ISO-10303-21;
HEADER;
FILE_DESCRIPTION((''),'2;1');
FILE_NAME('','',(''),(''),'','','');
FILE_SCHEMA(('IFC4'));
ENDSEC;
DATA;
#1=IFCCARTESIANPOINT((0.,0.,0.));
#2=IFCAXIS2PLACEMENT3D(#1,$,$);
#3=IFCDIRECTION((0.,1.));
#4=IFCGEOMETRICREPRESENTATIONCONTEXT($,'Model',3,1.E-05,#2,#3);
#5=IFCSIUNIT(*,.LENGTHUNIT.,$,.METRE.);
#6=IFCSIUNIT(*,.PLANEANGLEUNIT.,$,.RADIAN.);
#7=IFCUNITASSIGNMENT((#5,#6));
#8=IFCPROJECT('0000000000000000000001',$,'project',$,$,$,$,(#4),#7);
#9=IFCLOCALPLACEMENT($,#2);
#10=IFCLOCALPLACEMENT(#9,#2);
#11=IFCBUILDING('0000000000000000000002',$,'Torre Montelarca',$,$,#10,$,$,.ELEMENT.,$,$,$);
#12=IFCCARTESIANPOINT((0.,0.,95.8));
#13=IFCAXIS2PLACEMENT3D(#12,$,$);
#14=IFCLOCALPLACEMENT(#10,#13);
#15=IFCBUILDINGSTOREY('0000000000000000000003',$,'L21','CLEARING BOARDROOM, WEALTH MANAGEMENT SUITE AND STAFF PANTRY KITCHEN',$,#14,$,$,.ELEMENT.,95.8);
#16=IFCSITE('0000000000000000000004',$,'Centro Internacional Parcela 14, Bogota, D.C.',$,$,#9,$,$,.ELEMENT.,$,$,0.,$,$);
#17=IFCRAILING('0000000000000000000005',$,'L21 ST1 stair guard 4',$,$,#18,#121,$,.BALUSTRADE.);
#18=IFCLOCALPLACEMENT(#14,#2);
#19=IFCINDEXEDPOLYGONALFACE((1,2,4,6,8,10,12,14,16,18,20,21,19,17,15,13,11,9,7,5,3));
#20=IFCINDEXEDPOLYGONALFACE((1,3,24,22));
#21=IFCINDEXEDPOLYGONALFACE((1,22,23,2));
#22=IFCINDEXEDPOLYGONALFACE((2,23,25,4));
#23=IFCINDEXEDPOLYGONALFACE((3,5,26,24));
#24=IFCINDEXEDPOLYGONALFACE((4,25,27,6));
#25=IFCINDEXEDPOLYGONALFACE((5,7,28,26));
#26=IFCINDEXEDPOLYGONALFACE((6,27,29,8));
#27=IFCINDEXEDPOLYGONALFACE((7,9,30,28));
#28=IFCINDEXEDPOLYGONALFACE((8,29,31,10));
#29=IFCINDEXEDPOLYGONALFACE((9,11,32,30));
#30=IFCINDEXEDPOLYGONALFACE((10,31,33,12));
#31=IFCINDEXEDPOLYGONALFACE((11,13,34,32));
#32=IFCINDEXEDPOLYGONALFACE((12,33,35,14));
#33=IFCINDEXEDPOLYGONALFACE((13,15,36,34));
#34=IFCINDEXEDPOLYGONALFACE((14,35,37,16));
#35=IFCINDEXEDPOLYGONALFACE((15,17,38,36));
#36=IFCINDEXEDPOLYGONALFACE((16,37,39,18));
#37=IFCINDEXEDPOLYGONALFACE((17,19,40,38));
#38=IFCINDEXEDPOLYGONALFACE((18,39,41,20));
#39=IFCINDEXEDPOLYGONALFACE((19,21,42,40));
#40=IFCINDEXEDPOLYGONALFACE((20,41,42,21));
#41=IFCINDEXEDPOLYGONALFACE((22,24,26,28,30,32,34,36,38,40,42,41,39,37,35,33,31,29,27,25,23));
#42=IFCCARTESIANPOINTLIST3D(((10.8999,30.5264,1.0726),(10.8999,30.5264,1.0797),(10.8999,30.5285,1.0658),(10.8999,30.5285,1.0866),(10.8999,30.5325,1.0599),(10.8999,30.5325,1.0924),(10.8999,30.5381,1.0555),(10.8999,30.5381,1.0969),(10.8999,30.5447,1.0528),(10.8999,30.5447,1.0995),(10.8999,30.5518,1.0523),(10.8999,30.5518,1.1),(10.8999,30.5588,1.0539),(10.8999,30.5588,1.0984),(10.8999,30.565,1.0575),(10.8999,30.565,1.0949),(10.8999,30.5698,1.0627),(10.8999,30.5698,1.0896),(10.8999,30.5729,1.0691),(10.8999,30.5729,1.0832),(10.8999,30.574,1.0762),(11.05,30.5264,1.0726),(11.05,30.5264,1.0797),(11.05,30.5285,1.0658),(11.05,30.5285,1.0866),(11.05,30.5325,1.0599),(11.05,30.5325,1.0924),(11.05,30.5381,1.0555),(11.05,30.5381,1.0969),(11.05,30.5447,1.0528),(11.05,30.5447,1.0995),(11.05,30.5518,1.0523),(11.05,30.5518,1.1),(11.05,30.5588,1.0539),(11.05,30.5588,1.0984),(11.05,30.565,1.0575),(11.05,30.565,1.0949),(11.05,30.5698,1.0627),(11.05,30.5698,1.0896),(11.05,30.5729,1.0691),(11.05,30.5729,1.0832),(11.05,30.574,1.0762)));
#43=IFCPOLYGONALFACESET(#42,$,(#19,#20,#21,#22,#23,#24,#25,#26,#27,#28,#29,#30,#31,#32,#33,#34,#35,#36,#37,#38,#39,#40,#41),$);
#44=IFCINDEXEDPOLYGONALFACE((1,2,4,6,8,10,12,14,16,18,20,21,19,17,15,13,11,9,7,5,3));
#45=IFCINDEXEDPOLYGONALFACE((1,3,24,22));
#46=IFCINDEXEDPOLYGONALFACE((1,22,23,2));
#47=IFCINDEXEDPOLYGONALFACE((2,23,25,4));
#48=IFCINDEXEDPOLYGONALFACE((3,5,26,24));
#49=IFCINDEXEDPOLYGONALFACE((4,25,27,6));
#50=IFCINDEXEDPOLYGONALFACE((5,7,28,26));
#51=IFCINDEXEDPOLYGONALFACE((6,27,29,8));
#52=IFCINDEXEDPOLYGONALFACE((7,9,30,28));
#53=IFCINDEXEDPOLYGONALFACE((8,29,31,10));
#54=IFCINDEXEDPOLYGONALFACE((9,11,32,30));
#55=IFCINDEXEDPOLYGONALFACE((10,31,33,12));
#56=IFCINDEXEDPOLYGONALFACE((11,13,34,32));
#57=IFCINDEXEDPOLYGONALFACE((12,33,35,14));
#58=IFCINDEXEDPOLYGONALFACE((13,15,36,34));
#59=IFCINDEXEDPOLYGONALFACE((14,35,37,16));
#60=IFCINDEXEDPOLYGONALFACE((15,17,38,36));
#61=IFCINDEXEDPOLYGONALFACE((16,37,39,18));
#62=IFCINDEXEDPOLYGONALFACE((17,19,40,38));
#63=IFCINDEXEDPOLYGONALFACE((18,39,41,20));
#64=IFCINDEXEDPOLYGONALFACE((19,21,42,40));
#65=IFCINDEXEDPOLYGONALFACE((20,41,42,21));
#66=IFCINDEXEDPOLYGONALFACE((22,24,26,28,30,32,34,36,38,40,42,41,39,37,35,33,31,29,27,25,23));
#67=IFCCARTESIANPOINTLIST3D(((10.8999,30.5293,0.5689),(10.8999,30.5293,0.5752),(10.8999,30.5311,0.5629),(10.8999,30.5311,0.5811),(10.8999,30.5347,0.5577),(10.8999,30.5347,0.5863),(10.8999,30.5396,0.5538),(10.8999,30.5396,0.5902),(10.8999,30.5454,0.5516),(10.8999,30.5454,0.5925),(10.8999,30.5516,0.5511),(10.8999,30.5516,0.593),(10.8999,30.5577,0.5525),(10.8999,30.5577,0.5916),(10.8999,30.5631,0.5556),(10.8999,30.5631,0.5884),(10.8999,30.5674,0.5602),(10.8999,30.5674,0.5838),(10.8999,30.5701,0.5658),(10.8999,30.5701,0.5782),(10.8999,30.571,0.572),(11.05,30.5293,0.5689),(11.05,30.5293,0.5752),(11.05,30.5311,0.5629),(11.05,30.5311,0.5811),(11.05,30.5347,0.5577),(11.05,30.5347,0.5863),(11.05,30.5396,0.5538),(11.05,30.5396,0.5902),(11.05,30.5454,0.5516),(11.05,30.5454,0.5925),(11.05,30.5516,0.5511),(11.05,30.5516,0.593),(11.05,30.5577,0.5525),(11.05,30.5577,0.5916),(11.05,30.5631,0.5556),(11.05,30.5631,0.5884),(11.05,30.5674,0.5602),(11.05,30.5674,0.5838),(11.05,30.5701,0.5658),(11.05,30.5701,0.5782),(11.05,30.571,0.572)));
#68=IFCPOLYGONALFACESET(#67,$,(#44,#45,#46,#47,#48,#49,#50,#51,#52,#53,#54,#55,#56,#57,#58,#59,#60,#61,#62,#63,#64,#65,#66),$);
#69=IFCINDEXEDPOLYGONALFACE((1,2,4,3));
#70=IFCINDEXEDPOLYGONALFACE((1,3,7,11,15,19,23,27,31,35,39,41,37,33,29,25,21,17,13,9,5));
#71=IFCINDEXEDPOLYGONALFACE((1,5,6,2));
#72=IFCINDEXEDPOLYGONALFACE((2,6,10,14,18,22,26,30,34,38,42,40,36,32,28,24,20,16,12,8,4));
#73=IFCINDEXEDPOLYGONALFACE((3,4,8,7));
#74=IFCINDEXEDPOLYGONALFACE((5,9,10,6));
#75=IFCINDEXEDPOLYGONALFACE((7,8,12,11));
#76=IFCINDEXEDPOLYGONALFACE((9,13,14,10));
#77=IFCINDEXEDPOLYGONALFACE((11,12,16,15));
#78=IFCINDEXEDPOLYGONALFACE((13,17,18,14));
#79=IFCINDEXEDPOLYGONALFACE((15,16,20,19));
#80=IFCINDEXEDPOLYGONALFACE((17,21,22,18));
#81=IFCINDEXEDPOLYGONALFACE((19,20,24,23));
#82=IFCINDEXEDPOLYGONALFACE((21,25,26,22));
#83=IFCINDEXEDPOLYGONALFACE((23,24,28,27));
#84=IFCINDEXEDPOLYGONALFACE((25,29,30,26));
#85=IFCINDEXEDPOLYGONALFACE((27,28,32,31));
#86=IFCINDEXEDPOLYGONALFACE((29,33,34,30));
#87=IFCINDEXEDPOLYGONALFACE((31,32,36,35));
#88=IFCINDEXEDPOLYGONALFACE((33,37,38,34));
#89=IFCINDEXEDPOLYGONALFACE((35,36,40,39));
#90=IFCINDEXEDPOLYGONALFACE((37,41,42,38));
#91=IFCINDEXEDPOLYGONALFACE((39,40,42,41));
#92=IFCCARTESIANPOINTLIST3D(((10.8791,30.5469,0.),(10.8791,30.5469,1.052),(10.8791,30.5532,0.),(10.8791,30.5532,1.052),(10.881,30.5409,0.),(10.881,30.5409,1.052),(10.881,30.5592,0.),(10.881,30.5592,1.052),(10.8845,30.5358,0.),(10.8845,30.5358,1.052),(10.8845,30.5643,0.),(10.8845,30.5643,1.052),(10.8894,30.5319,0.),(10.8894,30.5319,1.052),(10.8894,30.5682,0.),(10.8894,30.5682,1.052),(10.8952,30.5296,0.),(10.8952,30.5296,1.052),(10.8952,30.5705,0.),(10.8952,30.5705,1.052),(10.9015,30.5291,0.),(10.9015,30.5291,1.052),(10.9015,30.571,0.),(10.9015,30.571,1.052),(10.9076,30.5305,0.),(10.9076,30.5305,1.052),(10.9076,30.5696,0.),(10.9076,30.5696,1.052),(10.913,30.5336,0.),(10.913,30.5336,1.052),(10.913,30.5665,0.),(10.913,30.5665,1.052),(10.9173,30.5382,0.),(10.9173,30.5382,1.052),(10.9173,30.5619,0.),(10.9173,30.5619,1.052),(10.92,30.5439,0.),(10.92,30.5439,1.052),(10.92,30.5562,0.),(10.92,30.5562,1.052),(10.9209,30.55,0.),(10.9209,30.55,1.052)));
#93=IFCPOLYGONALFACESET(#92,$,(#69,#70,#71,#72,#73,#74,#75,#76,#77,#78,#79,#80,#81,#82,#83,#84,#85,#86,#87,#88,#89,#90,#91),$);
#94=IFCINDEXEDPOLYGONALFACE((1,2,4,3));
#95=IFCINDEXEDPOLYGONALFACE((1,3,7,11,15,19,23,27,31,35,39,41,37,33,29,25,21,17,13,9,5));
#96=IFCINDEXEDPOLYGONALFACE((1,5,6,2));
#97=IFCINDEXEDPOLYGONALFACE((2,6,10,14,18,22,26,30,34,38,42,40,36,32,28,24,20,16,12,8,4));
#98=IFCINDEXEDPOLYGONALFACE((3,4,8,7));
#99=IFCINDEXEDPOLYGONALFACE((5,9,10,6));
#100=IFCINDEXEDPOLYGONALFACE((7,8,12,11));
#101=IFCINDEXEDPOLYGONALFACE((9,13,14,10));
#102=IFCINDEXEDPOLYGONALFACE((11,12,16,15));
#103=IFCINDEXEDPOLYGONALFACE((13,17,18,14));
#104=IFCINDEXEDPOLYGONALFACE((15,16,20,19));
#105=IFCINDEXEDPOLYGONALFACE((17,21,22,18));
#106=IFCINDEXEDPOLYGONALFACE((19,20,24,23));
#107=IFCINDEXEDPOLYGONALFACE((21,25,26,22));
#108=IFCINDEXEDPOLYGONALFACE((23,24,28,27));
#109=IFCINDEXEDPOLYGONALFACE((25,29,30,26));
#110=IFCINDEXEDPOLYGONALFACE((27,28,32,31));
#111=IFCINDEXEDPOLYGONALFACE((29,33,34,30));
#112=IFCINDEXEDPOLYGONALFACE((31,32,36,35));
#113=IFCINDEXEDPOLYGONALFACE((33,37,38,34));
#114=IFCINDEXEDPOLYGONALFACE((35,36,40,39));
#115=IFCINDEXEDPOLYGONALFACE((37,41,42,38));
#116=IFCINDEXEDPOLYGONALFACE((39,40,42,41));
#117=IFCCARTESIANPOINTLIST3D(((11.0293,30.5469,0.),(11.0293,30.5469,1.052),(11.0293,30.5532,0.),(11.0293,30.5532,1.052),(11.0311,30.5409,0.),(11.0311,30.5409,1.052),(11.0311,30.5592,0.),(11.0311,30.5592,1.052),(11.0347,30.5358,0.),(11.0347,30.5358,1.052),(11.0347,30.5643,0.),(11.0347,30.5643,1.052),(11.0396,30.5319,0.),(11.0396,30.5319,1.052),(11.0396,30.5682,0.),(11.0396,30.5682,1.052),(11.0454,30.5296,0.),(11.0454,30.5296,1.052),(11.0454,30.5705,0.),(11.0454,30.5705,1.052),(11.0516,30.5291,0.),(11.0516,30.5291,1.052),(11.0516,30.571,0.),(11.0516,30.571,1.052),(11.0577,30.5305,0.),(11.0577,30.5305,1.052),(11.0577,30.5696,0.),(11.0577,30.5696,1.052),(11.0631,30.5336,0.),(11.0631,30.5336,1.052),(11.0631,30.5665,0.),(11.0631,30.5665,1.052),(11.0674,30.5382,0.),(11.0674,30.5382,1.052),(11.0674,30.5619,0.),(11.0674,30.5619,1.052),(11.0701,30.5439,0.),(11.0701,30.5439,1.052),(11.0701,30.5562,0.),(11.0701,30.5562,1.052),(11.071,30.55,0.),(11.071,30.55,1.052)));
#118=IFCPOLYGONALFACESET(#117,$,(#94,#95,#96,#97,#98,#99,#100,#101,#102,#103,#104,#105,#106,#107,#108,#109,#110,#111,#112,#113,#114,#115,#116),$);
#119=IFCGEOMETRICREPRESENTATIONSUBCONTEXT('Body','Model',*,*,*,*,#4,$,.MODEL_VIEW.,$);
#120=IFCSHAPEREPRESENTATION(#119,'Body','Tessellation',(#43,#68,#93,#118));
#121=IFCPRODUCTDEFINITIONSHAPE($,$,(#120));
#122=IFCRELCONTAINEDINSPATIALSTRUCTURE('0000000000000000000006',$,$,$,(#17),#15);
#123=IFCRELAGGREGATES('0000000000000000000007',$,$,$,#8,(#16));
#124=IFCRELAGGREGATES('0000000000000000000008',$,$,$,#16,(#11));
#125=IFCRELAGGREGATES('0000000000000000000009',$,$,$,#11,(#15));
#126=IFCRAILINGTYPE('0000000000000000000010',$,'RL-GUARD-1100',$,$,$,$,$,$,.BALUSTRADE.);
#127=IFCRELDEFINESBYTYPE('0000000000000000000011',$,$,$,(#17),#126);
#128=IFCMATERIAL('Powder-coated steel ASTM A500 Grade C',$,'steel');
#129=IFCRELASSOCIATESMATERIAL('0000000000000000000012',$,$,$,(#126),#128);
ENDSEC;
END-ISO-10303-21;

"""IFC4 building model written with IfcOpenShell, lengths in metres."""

from ifc_helpers import new_model, si_unit, direction, frame, origin, origin_2d, place, context, subcontext, project, spatial, circle, extrude, material, type_object, element, save


model = new_model("IFC4")

# Units and contexts
model_context = context("Model", 3, precision=1e-05, world=origin(), true_north=direction((0.0, 1.0)))
body_context = subcontext(model_context, "Body", "Model", "MODEL_VIEW")
ifc_project = project(units=[si_unit("LENGTHUNIT", "METRE"), si_unit("PLANEANGLEUNIT", "RADIAN")], contexts=[model_context])

# Site, building, storey
site_placement = place(None, origin())
site = spatial("IfcSite", under=ifc_project, at=site_placement, Name="Centro Internacional Parcela 14, Bogota, D.C.", CompositionType="ELEMENT", RefElevation=0.0)
building_placement = place(site_placement, origin())
building = spatial("IfcBuilding", under=site, at=building_placement, Name="Torre Montelarca", CompositionType="ELEMENT")
storey_placement = place(building_placement, frame((0.0, 0.0, 95.8)))
storey = spatial("IfcBuildingStorey", under=building, at=storey_placement, Name="L21", Description="CLEARING BOARDROOM, WEALTH MANAGEMENT SUITE AND STAFF PANTRY KITCHEN", CompositionType="ELEMENT", Elevation=95.8)

# Railing
ifc_material_1 = material(Name="Powder-coated steel ASTM A500 Grade C", Category="steel")
railing_type_1 = type_object("IfcRailingType", Name="RL-GUARD-1100", PredefinedType="BALUSTRADE", material=ifc_material_1)
railing_1_placement = place(storey_placement, frame((10.8999, 30.55, 0.0)))
element("IfcRailing", 1, at=railing_1_placement, inside=storey, type_object=railing_type_1, Name="L21 ST1 stair guard 4", PredefinedType="BALUSTRADE", context=body_context, shape_type="SweptSolid", body=[
    extrude(circle(Radius=0.0239, at=origin_2d()), frame((0.0, 0.0, 1.0762), z_axis=(1.0, 0.0, 0.0), x_axis=(0.0, 1.0, 0.0)), (0.0, 0.0, 1.0), 0.1501),
    extrude(circle(Radius=0.021, at=origin_2d()), frame((0.0, 0.0, 0.572), z_axis=(1.0, 0.0, 0.0), x_axis=(0.0, 1.0, 0.0)), (0.0, 0.0, 1.0), 0.1501),
    extrude(circle(Radius=0.021, at=origin_2d()), origin(), (0.0, 0.0, 1.0), 1.052),
    extrude(circle(Radius=0.021, at=origin_2d()), frame((0.1501, 0.0, 0.0)), (0.0, 0.0, 1.0), 1.052),
])

save(model, "model.ifc")
